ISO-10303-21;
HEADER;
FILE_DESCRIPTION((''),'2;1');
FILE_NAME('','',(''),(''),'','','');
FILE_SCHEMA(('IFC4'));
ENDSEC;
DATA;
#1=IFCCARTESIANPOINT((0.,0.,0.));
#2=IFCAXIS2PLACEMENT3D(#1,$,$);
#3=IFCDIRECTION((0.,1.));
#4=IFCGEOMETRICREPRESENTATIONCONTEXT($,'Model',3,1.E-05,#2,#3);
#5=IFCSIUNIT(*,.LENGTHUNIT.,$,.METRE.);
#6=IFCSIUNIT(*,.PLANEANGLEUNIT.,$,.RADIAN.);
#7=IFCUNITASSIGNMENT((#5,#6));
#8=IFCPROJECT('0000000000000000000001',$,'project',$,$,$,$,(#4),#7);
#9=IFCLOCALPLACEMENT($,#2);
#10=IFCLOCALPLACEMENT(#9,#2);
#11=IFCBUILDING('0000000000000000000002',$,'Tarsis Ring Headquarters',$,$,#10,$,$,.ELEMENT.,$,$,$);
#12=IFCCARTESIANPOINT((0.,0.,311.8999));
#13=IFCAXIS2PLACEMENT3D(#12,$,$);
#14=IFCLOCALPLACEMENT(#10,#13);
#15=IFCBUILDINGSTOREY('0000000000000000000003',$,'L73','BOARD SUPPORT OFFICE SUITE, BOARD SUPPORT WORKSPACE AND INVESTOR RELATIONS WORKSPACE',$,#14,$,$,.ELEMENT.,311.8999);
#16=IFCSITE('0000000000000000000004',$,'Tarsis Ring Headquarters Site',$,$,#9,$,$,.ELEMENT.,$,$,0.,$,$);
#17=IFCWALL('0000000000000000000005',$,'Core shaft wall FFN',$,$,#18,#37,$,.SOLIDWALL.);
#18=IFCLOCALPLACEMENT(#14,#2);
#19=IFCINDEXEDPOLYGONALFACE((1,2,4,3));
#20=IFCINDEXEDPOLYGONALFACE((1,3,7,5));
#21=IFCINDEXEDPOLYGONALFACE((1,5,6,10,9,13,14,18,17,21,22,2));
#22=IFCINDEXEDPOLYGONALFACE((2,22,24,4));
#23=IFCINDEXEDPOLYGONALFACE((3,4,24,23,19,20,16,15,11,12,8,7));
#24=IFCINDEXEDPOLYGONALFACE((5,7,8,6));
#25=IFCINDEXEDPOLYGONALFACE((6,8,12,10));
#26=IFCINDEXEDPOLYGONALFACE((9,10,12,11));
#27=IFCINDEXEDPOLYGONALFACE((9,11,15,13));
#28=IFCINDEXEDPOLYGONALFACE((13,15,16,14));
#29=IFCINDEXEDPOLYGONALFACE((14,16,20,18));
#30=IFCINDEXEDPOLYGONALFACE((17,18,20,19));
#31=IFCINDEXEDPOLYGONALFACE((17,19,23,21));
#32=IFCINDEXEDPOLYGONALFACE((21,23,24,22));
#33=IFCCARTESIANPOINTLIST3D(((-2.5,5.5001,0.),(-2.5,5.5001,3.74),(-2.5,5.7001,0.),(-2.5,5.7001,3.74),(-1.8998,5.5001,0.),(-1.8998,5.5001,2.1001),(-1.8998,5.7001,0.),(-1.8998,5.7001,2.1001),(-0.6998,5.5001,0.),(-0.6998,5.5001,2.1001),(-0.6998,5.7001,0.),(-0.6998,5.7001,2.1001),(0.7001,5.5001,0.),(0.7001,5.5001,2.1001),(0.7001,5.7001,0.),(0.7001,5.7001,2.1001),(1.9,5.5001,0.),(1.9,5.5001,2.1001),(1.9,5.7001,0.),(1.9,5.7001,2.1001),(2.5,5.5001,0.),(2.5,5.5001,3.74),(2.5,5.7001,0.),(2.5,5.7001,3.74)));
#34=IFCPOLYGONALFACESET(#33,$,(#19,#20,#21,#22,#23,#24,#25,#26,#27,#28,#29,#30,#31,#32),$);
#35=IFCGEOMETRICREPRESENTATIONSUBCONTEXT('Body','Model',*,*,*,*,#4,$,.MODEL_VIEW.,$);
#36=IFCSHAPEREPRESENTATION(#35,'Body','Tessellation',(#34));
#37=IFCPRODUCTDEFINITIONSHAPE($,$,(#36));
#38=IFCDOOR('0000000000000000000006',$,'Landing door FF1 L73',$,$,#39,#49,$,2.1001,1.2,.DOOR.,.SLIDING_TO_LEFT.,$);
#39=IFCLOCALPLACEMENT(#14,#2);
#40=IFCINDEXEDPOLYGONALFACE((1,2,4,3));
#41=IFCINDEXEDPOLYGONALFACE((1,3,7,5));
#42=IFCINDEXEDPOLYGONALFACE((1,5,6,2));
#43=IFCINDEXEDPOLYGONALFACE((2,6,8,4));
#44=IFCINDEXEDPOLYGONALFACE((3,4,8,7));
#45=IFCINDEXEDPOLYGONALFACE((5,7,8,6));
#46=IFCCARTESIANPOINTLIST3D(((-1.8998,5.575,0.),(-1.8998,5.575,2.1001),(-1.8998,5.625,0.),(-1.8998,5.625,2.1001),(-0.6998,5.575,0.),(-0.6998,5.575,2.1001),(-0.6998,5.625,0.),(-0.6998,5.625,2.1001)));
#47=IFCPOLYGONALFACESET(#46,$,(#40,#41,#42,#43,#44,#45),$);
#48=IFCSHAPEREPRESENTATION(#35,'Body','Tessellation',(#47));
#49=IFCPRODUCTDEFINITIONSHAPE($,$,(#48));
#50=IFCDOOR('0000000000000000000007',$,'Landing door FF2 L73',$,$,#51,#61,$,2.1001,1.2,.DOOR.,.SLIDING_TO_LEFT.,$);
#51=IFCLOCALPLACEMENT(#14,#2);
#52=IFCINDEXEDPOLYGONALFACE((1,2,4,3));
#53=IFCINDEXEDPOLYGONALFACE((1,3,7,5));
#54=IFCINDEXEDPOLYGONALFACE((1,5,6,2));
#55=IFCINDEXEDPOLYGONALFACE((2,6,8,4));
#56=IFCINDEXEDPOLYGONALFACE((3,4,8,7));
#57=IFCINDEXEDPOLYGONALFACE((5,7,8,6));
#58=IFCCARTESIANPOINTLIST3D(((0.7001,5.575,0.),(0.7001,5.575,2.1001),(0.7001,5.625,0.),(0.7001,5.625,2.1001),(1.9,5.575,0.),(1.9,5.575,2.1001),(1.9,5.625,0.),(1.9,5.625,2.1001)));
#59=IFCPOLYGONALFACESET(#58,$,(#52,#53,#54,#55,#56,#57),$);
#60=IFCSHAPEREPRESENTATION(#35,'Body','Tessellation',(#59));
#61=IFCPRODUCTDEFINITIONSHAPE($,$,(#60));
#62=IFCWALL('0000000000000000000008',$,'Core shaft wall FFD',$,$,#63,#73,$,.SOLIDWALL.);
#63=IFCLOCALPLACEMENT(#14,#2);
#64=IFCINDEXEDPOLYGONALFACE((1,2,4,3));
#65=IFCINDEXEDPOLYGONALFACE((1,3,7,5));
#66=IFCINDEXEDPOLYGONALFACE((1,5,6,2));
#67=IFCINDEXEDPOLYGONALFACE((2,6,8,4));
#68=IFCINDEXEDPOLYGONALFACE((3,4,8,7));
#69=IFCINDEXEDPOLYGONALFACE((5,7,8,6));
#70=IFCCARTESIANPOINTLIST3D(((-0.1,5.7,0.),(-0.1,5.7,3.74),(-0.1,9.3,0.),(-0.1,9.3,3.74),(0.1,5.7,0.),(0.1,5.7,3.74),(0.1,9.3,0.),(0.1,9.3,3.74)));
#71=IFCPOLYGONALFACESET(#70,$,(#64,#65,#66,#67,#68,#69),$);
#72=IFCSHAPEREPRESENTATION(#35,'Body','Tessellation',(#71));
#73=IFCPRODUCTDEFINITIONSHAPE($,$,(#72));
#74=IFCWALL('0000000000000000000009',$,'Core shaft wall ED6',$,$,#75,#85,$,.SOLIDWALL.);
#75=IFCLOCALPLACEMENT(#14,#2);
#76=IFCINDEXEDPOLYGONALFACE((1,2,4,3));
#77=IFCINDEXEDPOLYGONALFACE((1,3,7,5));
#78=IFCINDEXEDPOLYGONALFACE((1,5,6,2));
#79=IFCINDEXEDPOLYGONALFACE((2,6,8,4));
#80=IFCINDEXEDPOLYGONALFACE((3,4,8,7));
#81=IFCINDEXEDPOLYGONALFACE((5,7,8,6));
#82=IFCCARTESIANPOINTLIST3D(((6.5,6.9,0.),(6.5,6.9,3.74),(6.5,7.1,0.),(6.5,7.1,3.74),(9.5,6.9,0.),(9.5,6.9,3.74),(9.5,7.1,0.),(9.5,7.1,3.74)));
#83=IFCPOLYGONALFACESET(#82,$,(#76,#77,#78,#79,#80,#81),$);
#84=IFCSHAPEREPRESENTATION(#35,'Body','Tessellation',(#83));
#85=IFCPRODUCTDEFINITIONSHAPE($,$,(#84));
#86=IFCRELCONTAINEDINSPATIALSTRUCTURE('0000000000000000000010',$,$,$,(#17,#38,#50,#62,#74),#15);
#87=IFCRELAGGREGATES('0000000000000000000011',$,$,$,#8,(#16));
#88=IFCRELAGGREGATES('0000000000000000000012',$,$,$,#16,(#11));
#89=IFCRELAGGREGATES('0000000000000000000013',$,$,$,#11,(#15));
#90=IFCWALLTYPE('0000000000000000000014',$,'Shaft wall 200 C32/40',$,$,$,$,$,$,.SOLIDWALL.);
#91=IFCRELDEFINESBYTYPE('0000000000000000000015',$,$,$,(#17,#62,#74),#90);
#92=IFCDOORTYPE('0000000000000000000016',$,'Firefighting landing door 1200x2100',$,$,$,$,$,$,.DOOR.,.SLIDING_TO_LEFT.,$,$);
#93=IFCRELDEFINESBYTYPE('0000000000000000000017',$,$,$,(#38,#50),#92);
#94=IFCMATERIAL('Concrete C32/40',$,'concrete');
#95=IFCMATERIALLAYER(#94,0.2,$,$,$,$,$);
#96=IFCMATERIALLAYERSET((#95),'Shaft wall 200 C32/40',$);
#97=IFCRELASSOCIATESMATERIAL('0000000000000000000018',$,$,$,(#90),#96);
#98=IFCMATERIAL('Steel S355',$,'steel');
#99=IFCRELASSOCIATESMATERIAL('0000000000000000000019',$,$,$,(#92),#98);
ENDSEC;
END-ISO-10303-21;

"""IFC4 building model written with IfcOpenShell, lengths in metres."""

from ifc_helpers import new_model, si_unit, direction, frame, frame_2d, origin, place, context, subcontext, project, spatial, rectangle, extrude, material, layer, layer_set, type_object, element, fill, save


model = new_model("IFC4")

# Units and contexts
model_context = context("Model", 3, precision=1e-05, world=origin(), true_north=direction((0.0, 1.0)))
body_context = subcontext(model_context, "Body", "Model", "MODEL_VIEW")
ifc_project = project(units=[si_unit("LENGTHUNIT", "METRE"), si_unit("PLANEANGLEUNIT", "RADIAN")], contexts=[model_context])

# Site, building, storey
site_placement = place(None, origin())
site = spatial("IfcSite", under=ifc_project, at=site_placement, Name="Tarsis Ring Headquarters Site", CompositionType="ELEMENT", RefElevation=0.0)
building_placement = place(site_placement, origin())
building = spatial("IfcBuilding", under=site, at=building_placement, Name="Tarsis Ring Headquarters", CompositionType="ELEMENT")
storey_placement = place(building_placement, frame((0.0, 0.0, 311.8999)))
storey = spatial("IfcBuildingStorey", under=building, at=storey_placement, Name="L73", Description="BOARD SUPPORT OFFICE SUITE, BOARD SUPPORT WORKSPACE AND INVESTOR RELATIONS WORKSPACE", CompositionType="ELEMENT", Elevation=311.8999)

# Shared definitions
ifc_material_1 = material(Name="Concrete C32/40", Category="concrete")
ifc_layer_1 = layer(ifc_material_1, 0.2)
ifc_layer_set_1 = layer_set([ifc_layer_1], Name="Shaft wall 200 C32/40")
wall_type_1 = type_object("IfcWallType", Name="Shaft wall 200 C32/40", PredefinedType="SOLIDWALL", material=ifc_layer_set_1)

# Shared definitions
ifc_material_2 = material(Name="Steel S355", Category="steel")

# Wall, openings, doors
wall_1_placement = place(storey_placement, frame((-2.5, 5.6001, 0.0), z_axis=(0.0, 0.0, 1.0), x_axis=(1.0, 0.0, 0.0)))
wall_1 = element("IfcWall", 1, at=wall_1_placement, inside=storey, type_object=wall_type_1, Name="Core shaft wall FFN", PredefinedType="SOLIDWALL", context=body_context, shape_type="SweptSolid", body=[
    extrude(rectangle(XDim=5.0, YDim=0.2, at=frame_2d((2.5, 0.0))), origin(), (0.0, 0.0, 1.0), 3.74),
])
opening_1_placement = place(wall_1_placement, frame((0.6001, 0.0, 0.0)))
opening_1 = element("IfcOpeningElement", 2, at=opening_1_placement, cuts=wall_1, PredefinedType="OPENING", context=body_context, shape_type="SweptSolid", body=[
    extrude(rectangle(XDim=1.2, YDim=2.1001, at=frame_2d((0.6001, 1.05))), frame((0.0, 0.1099, 0.0), z_axis=(0.0, -1.0, 0.0), x_axis=(1.0, 0.0, 0.0)), (0.0, 0.0, 1.0), 0.22),
])
opening_2_placement = place(wall_1_placement, frame((3.2, 0.0, 0.0)))
opening_2 = element("IfcOpeningElement", 3, at=opening_2_placement, cuts=wall_1, PredefinedType="OPENING", context=body_context, shape_type="SweptSolid", body=[
    extrude(rectangle(XDim=1.2, YDim=2.1001, at=frame_2d((0.6001, 1.05))), frame((0.0, 0.1099, 0.0), z_axis=(0.0, -1.0, 0.0), x_axis=(1.0, 0.0, 0.0)), (0.0, 0.0, 1.0), 0.22),
])
door_type_1 = type_object("IfcDoorType", Name="Firefighting landing door 1200x2100", OperationType="SLIDING_TO_LEFT", PredefinedType="DOOR", material=ifc_material_2)
door_1_placement = place(opening_1_placement, origin())
door_1 = element("IfcDoor", 4, at=door_1_placement, inside=storey, type_object=door_type_1, Name="Landing door FF1 L73", OperationType="SLIDING_TO_LEFT", OverallHeight=2.1001, OverallWidth=1.2, PredefinedType="DOOR", context=body_context, shape_type="SweptSolid", body=[
    extrude(rectangle(XDim=1.2, YDim=2.1001, at=frame_2d((0.6001, 1.05))), frame((0.0, 0.0249, 0.0), z_axis=(0.0, -1.0, 0.0), x_axis=(1.0, 0.0, 0.0)), (0.0, 0.0, 1.0), 0.05),
])
fill(opening_1, door_1)
door_2_placement = place(opening_2_placement, origin())
door_2 = element("IfcDoor", 5, at=door_2_placement, inside=storey, type_object=door_type_1, Name="Landing door FF2 L73", OperationType="SLIDING_TO_LEFT", OverallHeight=2.1001, OverallWidth=1.2, PredefinedType="DOOR", context=body_context, shape_type="SweptSolid", body=[
    extrude(rectangle(XDim=1.2, YDim=2.1001, at=frame_2d((0.6001, 1.05))), frame((0.0, 0.0249, 0.0), z_axis=(0.0, -1.0, 0.0), x_axis=(1.0, 0.0, 0.0)), (0.0, 0.0, 1.0), 0.05),
])
fill(opening_2, door_2)

# Walls
wall_2_placement = place(storey_placement, frame((0.0, 5.7, 0.0), z_axis=(0.0, 0.0, 1.0), x_axis=(0.0, 1.0, 0.0)))
element("IfcWall", 6, at=wall_2_placement, inside=storey, type_object=wall_type_1, Name="Core shaft wall FFD", PredefinedType="SOLIDWALL", context=body_context, shape_type="SweptSolid", body=[
    extrude(rectangle(XDim=3.6001, YDim=0.2, at=frame_2d((1.8, 0.0))), origin(), (0.0, 0.0, 1.0), 3.74),
])
wall_3_placement = place(storey_placement, frame((6.5, 7.0, 0.0), z_axis=(0.0, 0.0, 1.0), x_axis=(1.0, 0.0, 0.0)))
element("IfcWall", 7, at=wall_3_placement, inside=storey, type_object=wall_type_1, Name="Core shaft wall ED6", PredefinedType="SOLIDWALL", context=body_context, shape_type="SweptSolid", body=[
    extrude(rectangle(XDim=3.0, YDim=0.2, at=frame_2d((1.5, 0.0))), origin(), (0.0, 0.0, 1.0), 3.74),
])

save(model, "model.ifc")
